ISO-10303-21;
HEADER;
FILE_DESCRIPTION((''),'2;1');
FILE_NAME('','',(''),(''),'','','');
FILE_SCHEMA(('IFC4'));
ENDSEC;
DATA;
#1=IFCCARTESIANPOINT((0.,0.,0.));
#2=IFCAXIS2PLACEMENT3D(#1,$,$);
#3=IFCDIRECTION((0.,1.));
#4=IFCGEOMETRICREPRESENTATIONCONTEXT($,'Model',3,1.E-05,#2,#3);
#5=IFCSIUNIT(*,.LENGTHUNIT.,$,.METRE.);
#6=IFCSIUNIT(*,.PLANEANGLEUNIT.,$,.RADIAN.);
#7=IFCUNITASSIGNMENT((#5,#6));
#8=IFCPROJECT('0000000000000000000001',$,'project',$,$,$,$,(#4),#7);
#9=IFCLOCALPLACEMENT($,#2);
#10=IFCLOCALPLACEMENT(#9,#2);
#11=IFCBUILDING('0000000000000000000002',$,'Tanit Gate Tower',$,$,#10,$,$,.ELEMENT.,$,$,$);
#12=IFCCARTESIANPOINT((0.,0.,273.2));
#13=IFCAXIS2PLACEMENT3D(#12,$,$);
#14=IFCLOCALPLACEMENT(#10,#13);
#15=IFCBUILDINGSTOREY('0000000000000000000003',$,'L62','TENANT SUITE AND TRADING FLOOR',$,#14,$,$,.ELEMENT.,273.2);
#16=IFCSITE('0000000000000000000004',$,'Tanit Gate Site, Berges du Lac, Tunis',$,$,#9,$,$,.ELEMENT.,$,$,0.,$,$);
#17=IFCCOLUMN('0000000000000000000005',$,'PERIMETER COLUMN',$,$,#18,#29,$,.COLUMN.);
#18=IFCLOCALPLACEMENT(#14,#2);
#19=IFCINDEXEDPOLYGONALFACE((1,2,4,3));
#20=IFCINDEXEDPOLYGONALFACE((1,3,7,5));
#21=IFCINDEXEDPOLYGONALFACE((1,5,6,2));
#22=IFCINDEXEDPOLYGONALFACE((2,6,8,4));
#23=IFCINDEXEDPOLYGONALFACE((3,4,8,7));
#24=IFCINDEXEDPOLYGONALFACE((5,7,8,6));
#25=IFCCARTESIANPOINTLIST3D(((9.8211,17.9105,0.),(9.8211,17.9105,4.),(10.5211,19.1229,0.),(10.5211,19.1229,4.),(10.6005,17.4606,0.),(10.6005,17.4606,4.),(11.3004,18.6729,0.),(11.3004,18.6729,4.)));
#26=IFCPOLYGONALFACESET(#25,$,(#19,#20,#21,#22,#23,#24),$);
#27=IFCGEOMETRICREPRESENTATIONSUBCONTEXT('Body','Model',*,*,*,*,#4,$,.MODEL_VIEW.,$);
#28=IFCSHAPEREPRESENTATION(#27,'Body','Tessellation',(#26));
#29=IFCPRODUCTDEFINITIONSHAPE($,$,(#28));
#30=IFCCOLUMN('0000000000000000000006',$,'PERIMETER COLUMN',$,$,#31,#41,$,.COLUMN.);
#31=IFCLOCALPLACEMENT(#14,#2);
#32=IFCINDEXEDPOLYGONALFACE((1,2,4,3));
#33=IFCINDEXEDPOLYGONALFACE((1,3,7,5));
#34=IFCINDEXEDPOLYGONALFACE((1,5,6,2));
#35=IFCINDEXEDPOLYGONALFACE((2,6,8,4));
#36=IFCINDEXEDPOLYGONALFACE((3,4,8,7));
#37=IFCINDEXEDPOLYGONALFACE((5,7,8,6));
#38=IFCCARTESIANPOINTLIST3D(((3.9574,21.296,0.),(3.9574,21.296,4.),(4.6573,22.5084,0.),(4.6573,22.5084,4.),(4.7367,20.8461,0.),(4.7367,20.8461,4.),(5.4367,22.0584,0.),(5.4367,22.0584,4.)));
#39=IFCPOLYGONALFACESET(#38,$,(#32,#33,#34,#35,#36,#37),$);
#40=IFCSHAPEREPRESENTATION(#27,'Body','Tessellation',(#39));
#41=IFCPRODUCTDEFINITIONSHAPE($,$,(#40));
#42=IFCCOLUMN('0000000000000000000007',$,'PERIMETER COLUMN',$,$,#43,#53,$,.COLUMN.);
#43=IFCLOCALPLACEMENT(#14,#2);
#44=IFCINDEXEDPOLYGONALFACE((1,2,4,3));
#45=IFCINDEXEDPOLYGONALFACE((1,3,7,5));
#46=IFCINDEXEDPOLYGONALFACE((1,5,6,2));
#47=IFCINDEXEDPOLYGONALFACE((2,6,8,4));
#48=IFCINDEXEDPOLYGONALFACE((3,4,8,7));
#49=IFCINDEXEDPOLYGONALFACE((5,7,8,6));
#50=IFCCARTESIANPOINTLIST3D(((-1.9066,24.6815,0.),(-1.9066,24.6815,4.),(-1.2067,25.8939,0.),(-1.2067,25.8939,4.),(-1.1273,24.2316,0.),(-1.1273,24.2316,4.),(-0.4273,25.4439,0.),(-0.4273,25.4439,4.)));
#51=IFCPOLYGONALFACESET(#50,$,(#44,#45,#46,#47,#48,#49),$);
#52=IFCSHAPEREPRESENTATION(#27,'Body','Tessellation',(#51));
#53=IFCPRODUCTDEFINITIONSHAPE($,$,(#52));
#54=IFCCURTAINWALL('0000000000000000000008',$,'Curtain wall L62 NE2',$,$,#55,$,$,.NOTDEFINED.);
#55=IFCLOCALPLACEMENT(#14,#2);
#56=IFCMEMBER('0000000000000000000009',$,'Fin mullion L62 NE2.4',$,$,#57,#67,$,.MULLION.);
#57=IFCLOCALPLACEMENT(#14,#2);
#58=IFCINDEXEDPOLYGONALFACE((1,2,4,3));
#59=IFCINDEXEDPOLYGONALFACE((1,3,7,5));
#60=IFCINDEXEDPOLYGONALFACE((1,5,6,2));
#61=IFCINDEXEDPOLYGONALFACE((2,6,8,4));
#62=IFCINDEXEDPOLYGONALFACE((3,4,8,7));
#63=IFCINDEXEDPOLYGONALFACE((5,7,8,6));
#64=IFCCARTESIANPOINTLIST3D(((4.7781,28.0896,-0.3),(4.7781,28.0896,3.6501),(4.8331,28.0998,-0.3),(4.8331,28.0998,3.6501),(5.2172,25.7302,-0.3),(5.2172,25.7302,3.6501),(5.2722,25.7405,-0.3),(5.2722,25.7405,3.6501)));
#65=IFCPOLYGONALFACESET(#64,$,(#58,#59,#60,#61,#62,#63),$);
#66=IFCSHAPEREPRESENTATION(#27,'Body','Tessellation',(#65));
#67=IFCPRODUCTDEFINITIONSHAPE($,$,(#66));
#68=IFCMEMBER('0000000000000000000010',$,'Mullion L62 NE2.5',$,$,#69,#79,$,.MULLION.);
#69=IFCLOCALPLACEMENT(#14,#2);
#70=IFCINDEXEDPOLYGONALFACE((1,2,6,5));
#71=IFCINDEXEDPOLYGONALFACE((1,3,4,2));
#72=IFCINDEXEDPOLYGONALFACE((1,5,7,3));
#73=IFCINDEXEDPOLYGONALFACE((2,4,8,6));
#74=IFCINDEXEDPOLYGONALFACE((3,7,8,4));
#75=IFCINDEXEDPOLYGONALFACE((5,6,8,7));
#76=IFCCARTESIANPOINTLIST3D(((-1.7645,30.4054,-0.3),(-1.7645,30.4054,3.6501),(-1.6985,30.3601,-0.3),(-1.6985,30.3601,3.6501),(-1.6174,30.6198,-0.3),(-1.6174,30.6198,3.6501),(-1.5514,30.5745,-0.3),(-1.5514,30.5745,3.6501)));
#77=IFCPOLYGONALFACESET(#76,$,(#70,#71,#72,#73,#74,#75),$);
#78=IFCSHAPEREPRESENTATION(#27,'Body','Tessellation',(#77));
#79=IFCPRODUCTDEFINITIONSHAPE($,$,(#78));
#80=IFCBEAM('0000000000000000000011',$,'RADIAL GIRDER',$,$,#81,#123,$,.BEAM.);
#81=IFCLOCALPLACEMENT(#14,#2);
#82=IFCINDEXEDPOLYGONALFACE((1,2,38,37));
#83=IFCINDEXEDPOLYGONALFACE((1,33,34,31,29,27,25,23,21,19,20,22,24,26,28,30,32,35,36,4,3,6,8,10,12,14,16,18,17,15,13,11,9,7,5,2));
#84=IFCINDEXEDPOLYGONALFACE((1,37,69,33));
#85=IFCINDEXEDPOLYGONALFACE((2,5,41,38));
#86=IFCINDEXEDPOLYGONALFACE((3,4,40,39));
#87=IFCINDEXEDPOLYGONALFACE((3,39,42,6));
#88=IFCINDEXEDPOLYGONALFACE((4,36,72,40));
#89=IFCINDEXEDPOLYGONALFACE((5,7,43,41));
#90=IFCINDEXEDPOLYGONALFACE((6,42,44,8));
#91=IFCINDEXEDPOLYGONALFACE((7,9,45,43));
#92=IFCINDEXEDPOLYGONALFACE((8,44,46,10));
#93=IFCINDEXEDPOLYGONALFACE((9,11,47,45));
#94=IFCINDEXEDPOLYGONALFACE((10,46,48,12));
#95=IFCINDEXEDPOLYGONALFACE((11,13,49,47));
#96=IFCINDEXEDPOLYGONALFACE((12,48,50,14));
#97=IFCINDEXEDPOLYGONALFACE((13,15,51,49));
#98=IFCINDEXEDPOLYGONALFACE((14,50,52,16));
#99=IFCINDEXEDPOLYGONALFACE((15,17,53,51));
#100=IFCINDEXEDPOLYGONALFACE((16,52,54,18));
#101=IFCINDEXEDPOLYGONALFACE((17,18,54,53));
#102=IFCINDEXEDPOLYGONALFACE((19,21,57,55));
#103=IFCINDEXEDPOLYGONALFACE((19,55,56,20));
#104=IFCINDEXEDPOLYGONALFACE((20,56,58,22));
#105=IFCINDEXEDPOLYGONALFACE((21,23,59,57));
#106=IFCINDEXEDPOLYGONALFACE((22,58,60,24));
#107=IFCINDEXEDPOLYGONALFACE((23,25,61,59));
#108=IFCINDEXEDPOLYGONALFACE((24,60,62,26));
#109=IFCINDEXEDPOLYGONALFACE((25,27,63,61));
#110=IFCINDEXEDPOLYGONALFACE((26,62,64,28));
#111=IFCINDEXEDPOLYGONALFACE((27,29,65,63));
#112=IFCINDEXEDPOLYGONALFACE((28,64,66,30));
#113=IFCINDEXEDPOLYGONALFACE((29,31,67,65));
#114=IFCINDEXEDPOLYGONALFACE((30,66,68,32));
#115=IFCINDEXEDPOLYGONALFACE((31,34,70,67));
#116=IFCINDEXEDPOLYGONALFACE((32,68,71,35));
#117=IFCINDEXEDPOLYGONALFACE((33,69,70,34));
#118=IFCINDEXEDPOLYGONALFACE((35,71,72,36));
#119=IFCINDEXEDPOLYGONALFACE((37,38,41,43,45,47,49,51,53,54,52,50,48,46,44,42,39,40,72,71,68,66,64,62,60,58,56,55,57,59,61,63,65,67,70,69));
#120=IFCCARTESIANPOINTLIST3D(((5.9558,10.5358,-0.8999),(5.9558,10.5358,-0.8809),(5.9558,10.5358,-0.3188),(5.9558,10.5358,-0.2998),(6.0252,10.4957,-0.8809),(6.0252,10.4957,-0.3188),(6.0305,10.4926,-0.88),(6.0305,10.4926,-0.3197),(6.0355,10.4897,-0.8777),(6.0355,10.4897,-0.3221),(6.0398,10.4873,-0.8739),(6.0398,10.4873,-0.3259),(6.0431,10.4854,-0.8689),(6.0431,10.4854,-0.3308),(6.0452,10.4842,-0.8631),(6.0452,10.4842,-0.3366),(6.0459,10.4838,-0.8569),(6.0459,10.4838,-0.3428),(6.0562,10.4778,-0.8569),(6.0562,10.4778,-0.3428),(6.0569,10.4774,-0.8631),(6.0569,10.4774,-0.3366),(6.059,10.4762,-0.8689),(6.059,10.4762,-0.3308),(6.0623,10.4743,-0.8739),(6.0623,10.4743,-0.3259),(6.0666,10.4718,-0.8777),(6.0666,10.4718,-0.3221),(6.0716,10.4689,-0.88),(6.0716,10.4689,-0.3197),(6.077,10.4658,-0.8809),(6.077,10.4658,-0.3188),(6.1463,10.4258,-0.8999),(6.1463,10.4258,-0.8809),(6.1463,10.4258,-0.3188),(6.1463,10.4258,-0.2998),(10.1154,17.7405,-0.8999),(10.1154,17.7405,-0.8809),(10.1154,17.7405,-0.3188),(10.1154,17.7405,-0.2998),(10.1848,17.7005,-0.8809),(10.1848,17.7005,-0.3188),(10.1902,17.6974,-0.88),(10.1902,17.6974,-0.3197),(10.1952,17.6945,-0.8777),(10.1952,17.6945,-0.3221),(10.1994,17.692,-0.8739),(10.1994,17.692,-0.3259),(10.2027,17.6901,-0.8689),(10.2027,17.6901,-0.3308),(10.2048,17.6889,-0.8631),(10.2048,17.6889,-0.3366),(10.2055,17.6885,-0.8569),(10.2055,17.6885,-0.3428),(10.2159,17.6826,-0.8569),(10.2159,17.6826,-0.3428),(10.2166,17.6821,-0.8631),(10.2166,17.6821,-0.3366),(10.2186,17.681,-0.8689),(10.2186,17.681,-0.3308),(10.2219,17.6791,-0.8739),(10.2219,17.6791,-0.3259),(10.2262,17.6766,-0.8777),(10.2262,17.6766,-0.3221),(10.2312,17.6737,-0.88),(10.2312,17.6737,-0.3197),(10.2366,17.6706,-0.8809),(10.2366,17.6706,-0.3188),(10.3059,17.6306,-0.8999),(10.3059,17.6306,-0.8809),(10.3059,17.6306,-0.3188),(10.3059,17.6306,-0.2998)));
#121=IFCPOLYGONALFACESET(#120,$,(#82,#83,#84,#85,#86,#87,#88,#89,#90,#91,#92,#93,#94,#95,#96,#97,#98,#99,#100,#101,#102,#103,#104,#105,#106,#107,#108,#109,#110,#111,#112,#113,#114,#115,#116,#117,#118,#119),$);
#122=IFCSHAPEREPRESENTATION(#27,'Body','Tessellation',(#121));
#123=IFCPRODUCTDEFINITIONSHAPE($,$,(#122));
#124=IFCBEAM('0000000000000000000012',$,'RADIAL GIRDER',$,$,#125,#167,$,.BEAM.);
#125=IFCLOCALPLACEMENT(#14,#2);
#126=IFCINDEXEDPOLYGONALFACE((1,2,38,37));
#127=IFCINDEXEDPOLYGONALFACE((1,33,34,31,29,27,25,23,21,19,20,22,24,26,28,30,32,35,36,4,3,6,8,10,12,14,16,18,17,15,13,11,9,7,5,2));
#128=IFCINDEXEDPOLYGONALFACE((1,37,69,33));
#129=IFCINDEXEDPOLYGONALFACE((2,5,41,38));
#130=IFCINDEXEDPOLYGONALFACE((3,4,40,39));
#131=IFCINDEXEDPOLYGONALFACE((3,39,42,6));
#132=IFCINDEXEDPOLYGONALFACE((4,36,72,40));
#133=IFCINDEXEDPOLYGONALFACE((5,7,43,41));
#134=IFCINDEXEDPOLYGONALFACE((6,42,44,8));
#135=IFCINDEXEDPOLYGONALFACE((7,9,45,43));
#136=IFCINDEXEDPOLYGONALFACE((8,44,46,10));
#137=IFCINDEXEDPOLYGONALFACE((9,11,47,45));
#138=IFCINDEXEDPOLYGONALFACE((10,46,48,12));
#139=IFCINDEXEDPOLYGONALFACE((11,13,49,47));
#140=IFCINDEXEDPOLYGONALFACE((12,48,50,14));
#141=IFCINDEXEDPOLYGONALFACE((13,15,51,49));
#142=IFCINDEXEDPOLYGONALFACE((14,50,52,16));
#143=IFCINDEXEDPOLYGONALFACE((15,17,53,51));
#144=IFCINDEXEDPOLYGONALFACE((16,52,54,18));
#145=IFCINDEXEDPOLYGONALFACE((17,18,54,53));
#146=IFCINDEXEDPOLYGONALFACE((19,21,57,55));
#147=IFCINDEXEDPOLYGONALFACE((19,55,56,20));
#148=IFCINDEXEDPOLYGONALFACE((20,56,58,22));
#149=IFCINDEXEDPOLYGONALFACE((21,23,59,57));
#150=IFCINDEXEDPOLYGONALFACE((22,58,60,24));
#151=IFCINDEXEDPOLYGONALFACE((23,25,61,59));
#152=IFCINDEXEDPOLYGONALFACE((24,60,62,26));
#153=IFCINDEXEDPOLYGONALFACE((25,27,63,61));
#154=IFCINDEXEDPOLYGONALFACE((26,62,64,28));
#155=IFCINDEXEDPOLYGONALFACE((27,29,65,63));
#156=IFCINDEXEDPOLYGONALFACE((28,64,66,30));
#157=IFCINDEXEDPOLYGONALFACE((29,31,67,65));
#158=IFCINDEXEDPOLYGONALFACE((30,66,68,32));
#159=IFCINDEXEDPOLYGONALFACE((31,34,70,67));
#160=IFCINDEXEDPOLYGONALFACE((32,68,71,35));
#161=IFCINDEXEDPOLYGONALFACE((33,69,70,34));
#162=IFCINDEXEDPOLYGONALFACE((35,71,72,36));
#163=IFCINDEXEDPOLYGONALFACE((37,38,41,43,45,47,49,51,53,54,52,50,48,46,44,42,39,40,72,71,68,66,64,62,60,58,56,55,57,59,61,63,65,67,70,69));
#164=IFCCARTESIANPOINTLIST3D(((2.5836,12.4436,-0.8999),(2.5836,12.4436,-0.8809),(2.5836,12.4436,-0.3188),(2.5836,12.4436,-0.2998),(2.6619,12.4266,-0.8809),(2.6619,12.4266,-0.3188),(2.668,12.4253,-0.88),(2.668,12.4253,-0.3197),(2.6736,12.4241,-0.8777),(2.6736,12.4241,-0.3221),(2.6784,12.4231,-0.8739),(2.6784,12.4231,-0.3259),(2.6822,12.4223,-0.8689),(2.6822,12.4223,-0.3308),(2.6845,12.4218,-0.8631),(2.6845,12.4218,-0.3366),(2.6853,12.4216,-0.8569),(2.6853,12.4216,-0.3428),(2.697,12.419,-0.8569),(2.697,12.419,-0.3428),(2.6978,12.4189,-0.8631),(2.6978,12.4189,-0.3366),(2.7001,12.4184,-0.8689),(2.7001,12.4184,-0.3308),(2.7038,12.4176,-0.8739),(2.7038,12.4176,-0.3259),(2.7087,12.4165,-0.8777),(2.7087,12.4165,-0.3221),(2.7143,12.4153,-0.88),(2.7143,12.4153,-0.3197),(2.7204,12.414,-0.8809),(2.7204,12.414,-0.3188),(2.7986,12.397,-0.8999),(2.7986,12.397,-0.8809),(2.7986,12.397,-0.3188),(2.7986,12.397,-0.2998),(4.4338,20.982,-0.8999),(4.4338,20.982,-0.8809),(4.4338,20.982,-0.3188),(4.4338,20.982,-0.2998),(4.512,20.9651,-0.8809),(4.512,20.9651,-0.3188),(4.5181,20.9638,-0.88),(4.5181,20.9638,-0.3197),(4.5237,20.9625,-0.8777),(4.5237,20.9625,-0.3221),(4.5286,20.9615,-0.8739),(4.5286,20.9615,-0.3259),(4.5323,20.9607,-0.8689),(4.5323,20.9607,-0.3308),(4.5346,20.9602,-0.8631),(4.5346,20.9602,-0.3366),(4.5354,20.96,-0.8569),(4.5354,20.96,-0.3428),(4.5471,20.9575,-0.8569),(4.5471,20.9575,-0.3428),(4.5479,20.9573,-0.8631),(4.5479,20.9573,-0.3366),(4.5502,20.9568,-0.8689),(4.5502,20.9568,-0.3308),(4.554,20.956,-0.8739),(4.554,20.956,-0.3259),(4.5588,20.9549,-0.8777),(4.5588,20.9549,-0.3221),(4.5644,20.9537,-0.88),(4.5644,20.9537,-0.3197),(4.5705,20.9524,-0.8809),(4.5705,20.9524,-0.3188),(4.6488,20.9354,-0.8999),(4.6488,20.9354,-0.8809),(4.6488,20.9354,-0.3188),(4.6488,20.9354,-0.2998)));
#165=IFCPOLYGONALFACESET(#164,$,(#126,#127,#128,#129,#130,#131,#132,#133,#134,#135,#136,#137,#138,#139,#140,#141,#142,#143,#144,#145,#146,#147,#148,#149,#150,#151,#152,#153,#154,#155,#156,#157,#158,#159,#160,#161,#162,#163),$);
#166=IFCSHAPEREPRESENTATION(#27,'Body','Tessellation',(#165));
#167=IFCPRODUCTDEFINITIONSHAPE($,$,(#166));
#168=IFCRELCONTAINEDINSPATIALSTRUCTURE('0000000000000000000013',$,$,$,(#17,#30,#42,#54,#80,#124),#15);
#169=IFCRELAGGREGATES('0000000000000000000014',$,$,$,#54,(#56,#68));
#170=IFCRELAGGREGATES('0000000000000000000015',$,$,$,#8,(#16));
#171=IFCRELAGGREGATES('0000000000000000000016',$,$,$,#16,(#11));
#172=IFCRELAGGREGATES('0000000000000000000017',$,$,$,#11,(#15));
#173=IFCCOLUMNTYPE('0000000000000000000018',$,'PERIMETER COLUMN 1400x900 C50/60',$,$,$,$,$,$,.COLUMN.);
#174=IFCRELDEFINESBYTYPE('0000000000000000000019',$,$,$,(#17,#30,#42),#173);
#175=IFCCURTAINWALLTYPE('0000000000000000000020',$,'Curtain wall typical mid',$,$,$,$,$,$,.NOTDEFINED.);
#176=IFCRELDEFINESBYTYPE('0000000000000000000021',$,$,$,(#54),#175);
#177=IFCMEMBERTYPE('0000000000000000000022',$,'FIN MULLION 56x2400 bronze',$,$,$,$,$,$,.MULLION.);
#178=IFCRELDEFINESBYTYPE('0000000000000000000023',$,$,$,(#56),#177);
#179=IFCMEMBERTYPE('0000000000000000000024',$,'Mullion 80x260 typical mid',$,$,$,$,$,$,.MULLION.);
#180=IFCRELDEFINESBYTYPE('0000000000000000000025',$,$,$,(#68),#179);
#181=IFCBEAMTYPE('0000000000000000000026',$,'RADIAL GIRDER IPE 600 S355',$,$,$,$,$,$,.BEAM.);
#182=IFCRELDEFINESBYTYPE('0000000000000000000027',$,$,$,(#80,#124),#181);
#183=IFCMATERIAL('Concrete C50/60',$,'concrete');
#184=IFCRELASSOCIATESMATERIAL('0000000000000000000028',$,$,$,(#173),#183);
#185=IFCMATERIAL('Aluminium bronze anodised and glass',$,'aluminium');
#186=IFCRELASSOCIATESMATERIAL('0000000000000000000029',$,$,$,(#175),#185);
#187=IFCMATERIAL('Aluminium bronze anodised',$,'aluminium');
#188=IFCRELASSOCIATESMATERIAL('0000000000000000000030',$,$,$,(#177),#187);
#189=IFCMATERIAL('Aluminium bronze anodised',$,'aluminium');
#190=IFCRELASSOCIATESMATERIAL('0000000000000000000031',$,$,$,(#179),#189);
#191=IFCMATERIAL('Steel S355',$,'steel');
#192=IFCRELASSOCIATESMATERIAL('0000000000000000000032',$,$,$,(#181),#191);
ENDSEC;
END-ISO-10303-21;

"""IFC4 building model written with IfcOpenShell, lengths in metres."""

from ifc_helpers import new_model, si_unit, direction, frame, origin, origin_2d, place, context, subcontext, project, spatial, rectangle, i_section, extrude, material, material_profile, profile_set, type_object, element, aggregate, save


model = new_model("IFC4")

# Units and contexts
model_context = context("Model", 3, precision=1e-05, world=origin(), true_north=direction((0.0, 1.0)))
body_context = subcontext(model_context, "Body", "Model", "MODEL_VIEW")
ifc_project = project(units=[si_unit("LENGTHUNIT", "METRE"), si_unit("PLANEANGLEUNIT", "RADIAN")], contexts=[model_context])

# Site, building, storey
site_placement = place(None, origin())
site = spatial("IfcSite", under=ifc_project, at=site_placement, Name="Tanit Gate Site, Berges du Lac, Tunis", CompositionType="ELEMENT", RefElevation=0.0)
building_placement = place(site_placement, origin())
building = spatial("IfcBuilding", under=site, at=building_placement, Name="Tanit Gate Tower", CompositionType="ELEMENT")
storey_placement = place(building_placement, frame((0.0, 0.0, 273.2)))
storey = spatial("IfcBuildingStorey", under=building, at=storey_placement, Name="L62", Description="TENANT SUITE AND TRADING FLOOR", CompositionType="ELEMENT", Elevation=273.2)

# Columns
ifc_material_1 = material(Name="Concrete C50/60", Category="concrete")
ifc_material_profile_1 = material_profile(ifc_material_1, rectangle(XDim=1.3999, YDim=0.8999, at=origin_2d()), Name="RC 1400x900")
ifc_profile_set_1 = profile_set([ifc_material_profile_1], Name="Concrete C50/60")
column_type = type_object("IfcColumnType", Name="PERIMETER COLUMN 1400x900 C50/60", PredefinedType="COLUMN", material=ifc_profile_set_1)
for number, where, z_axis, x_axis, name in (
    (1, (10.5608, 18.2917, 0.0), (0.0, 0.0, 1.0), (0.5, 0.866025, 0.0), "PERIMETER COLUMN"),
    (2, (4.697, 21.6772, 0.0), (0.0, 0.0, 1.0), (0.5, 0.866025, 0.0), "PERIMETER COLUMN"),
    (3, (-1.167, 25.0627, 0.0), (0.0, 0.0, 1.0), (0.5, 0.866025, 0.0), "PERIMETER COLUMN"),
):
    element("IfcColumn", number, at=place(storey_placement, frame(where, z_axis=z_axis, x_axis=x_axis)), inside=storey, type_object=column_type, Name=name, PredefinedType="COLUMN", context=body_context, shape_type="SweptSolid", body=[
        extrude(rectangle(XDim=1.3999, YDim=0.8999, at=origin_2d()), origin(), (0.0, 0.0, 1.0), 4.0),
    ])

# Curtain wall, members
ifc_material_2 = material(Name="Aluminium bronze anodised and glass", Category="aluminium")
curtain_wall_type = type_object("IfcCurtainWallType", Name="Curtain wall typical mid", PredefinedType="NOTDEFINED", material=ifc_material_2)
curtain_wall_1_placement = place(storey_placement, origin())
curtain_wall_1 = element("IfcCurtainWall", 4, at=curtain_wall_1_placement, inside=storey, type_object=curtain_wall_type, Name="Curtain wall L62 NE2", PredefinedType="NOTDEFINED")
ifc_material_3 = material(Name="Aluminium bronze anodised", Category="aluminium")
ifc_material_profile_2 = material_profile(ifc_material_3, rectangle(XDim=2.3999, YDim=0.0559, at=origin_2d()), Name="56x2400 bronze fin mullion")
ifc_profile_set_2 = profile_set([ifc_material_profile_2], Name="Aluminium bronze anodised")
member_type_1 = type_object("IfcMemberType", Name="FIN MULLION 56x2400 bronze", PredefinedType="MULLION", material=ifc_profile_set_2)
member_1_placement = place(storey_placement, frame((5.0251, 26.915, -0.3), z_axis=(0.0, 0.0, 1.0), x_axis=(0.182983, -0.983116, 0.0)))
member_1 = element("IfcMember", 5, at=member_1_placement, type_object=member_type_1, Name="Fin mullion L62 NE2.4", PredefinedType="MULLION", context=body_context, shape_type="SweptSolid", body=[
    extrude(rectangle(XDim=2.3999, YDim=0.0559, at=origin_2d()), origin(), (0.0, 0.0, 1.0), 3.9502),
])
ifc_material_4 = material(Name="Aluminium bronze anodised", Category="aluminium")
ifc_material_profile_3 = material_profile(ifc_material_4, rectangle(XDim=0.26, YDim=0.0801, at=origin_2d()), Name="80x260 bronze mullion")
ifc_profile_set_3 = profile_set([ifc_material_profile_3], Name="Aluminium bronze anodised")
member_type_2 = type_object("IfcMemberType", Name="Mullion 80x260 typical mid", PredefinedType="MULLION", material=ifc_profile_set_3)
member_2_placement = place(storey_placement, frame((-1.658, 30.49, -0.3), z_axis=(0.0, 0.0, 1.0), x_axis=(-0.56578, -0.824557, 0.0)))
member_2 = element("IfcMember", 6, at=member_2_placement, type_object=member_type_2, Name="Mullion L62 NE2.5", PredefinedType="MULLION", context=body_context, shape_type="SweptSolid", body=[
    extrude(rectangle(XDim=0.26, YDim=0.0801, at=origin_2d()), origin(), (0.0, 0.0, 1.0), 3.9502),
])

# Beams
ifc_material_5 = material(Name="Steel S355", Category="steel")
ifc_material_profile_4 = material_profile(ifc_material_5, i_section(OverallWidth=0.22, OverallDepth=0.6001, WebThickness=0.012, FlangeThickness=0.019, FilletRadius=0.0239, at=origin_2d()), Name="IPE 600")
ifc_profile_set_4 = profile_set([ifc_material_profile_4], Name="Steel S355")
beam_type = type_object("IfcBeamType", Name="RADIAL GIRDER IPE 600 S355", PredefinedType="BEAM", material=ifc_profile_set_4)
beam_1_placement = place(storey_placement, frame((10.2107, 17.6855, -0.5999), z_axis=(-0.499996, -0.866028, 0.0), x_axis=(0.866028, -0.499996, 0.0)))
element("IfcBeam", 7, at=beam_1_placement, inside=storey, type_object=beam_type, Name="RADIAL GIRDER", PredefinedType="BEAM", context=body_context, shape_type="SweptSolid", body=[
    extrude(i_section(OverallWidth=0.22, OverallDepth=0.6001, WebThickness=0.012, FlangeThickness=0.019, FilletRadius=0.0239, at=origin_2d()), origin(), (0.0, 0.0, 1.0), 8.3193),
])
beam_2_placement = place(storey_placement, frame((4.5413, 20.9587, -0.5999), z_axis=(-0.211767, -0.97732, 0.0), x_axis=(0.97732, -0.211767, 0.0)))
element("IfcBeam", 8, at=beam_2_placement, inside=storey, type_object=beam_type, Name="RADIAL GIRDER", PredefinedType="BEAM", context=body_context, shape_type="SweptSolid", body=[
    extrude(i_section(OverallWidth=0.22, OverallDepth=0.6001, WebThickness=0.012, FlangeThickness=0.019, FilletRadius=0.0239, at=origin_2d()), origin(), (0.0, 0.0, 1.0), 8.7366),
])

aggregate(curtain_wall_1, [member_1, member_2])

save(model, "model.ifc")
